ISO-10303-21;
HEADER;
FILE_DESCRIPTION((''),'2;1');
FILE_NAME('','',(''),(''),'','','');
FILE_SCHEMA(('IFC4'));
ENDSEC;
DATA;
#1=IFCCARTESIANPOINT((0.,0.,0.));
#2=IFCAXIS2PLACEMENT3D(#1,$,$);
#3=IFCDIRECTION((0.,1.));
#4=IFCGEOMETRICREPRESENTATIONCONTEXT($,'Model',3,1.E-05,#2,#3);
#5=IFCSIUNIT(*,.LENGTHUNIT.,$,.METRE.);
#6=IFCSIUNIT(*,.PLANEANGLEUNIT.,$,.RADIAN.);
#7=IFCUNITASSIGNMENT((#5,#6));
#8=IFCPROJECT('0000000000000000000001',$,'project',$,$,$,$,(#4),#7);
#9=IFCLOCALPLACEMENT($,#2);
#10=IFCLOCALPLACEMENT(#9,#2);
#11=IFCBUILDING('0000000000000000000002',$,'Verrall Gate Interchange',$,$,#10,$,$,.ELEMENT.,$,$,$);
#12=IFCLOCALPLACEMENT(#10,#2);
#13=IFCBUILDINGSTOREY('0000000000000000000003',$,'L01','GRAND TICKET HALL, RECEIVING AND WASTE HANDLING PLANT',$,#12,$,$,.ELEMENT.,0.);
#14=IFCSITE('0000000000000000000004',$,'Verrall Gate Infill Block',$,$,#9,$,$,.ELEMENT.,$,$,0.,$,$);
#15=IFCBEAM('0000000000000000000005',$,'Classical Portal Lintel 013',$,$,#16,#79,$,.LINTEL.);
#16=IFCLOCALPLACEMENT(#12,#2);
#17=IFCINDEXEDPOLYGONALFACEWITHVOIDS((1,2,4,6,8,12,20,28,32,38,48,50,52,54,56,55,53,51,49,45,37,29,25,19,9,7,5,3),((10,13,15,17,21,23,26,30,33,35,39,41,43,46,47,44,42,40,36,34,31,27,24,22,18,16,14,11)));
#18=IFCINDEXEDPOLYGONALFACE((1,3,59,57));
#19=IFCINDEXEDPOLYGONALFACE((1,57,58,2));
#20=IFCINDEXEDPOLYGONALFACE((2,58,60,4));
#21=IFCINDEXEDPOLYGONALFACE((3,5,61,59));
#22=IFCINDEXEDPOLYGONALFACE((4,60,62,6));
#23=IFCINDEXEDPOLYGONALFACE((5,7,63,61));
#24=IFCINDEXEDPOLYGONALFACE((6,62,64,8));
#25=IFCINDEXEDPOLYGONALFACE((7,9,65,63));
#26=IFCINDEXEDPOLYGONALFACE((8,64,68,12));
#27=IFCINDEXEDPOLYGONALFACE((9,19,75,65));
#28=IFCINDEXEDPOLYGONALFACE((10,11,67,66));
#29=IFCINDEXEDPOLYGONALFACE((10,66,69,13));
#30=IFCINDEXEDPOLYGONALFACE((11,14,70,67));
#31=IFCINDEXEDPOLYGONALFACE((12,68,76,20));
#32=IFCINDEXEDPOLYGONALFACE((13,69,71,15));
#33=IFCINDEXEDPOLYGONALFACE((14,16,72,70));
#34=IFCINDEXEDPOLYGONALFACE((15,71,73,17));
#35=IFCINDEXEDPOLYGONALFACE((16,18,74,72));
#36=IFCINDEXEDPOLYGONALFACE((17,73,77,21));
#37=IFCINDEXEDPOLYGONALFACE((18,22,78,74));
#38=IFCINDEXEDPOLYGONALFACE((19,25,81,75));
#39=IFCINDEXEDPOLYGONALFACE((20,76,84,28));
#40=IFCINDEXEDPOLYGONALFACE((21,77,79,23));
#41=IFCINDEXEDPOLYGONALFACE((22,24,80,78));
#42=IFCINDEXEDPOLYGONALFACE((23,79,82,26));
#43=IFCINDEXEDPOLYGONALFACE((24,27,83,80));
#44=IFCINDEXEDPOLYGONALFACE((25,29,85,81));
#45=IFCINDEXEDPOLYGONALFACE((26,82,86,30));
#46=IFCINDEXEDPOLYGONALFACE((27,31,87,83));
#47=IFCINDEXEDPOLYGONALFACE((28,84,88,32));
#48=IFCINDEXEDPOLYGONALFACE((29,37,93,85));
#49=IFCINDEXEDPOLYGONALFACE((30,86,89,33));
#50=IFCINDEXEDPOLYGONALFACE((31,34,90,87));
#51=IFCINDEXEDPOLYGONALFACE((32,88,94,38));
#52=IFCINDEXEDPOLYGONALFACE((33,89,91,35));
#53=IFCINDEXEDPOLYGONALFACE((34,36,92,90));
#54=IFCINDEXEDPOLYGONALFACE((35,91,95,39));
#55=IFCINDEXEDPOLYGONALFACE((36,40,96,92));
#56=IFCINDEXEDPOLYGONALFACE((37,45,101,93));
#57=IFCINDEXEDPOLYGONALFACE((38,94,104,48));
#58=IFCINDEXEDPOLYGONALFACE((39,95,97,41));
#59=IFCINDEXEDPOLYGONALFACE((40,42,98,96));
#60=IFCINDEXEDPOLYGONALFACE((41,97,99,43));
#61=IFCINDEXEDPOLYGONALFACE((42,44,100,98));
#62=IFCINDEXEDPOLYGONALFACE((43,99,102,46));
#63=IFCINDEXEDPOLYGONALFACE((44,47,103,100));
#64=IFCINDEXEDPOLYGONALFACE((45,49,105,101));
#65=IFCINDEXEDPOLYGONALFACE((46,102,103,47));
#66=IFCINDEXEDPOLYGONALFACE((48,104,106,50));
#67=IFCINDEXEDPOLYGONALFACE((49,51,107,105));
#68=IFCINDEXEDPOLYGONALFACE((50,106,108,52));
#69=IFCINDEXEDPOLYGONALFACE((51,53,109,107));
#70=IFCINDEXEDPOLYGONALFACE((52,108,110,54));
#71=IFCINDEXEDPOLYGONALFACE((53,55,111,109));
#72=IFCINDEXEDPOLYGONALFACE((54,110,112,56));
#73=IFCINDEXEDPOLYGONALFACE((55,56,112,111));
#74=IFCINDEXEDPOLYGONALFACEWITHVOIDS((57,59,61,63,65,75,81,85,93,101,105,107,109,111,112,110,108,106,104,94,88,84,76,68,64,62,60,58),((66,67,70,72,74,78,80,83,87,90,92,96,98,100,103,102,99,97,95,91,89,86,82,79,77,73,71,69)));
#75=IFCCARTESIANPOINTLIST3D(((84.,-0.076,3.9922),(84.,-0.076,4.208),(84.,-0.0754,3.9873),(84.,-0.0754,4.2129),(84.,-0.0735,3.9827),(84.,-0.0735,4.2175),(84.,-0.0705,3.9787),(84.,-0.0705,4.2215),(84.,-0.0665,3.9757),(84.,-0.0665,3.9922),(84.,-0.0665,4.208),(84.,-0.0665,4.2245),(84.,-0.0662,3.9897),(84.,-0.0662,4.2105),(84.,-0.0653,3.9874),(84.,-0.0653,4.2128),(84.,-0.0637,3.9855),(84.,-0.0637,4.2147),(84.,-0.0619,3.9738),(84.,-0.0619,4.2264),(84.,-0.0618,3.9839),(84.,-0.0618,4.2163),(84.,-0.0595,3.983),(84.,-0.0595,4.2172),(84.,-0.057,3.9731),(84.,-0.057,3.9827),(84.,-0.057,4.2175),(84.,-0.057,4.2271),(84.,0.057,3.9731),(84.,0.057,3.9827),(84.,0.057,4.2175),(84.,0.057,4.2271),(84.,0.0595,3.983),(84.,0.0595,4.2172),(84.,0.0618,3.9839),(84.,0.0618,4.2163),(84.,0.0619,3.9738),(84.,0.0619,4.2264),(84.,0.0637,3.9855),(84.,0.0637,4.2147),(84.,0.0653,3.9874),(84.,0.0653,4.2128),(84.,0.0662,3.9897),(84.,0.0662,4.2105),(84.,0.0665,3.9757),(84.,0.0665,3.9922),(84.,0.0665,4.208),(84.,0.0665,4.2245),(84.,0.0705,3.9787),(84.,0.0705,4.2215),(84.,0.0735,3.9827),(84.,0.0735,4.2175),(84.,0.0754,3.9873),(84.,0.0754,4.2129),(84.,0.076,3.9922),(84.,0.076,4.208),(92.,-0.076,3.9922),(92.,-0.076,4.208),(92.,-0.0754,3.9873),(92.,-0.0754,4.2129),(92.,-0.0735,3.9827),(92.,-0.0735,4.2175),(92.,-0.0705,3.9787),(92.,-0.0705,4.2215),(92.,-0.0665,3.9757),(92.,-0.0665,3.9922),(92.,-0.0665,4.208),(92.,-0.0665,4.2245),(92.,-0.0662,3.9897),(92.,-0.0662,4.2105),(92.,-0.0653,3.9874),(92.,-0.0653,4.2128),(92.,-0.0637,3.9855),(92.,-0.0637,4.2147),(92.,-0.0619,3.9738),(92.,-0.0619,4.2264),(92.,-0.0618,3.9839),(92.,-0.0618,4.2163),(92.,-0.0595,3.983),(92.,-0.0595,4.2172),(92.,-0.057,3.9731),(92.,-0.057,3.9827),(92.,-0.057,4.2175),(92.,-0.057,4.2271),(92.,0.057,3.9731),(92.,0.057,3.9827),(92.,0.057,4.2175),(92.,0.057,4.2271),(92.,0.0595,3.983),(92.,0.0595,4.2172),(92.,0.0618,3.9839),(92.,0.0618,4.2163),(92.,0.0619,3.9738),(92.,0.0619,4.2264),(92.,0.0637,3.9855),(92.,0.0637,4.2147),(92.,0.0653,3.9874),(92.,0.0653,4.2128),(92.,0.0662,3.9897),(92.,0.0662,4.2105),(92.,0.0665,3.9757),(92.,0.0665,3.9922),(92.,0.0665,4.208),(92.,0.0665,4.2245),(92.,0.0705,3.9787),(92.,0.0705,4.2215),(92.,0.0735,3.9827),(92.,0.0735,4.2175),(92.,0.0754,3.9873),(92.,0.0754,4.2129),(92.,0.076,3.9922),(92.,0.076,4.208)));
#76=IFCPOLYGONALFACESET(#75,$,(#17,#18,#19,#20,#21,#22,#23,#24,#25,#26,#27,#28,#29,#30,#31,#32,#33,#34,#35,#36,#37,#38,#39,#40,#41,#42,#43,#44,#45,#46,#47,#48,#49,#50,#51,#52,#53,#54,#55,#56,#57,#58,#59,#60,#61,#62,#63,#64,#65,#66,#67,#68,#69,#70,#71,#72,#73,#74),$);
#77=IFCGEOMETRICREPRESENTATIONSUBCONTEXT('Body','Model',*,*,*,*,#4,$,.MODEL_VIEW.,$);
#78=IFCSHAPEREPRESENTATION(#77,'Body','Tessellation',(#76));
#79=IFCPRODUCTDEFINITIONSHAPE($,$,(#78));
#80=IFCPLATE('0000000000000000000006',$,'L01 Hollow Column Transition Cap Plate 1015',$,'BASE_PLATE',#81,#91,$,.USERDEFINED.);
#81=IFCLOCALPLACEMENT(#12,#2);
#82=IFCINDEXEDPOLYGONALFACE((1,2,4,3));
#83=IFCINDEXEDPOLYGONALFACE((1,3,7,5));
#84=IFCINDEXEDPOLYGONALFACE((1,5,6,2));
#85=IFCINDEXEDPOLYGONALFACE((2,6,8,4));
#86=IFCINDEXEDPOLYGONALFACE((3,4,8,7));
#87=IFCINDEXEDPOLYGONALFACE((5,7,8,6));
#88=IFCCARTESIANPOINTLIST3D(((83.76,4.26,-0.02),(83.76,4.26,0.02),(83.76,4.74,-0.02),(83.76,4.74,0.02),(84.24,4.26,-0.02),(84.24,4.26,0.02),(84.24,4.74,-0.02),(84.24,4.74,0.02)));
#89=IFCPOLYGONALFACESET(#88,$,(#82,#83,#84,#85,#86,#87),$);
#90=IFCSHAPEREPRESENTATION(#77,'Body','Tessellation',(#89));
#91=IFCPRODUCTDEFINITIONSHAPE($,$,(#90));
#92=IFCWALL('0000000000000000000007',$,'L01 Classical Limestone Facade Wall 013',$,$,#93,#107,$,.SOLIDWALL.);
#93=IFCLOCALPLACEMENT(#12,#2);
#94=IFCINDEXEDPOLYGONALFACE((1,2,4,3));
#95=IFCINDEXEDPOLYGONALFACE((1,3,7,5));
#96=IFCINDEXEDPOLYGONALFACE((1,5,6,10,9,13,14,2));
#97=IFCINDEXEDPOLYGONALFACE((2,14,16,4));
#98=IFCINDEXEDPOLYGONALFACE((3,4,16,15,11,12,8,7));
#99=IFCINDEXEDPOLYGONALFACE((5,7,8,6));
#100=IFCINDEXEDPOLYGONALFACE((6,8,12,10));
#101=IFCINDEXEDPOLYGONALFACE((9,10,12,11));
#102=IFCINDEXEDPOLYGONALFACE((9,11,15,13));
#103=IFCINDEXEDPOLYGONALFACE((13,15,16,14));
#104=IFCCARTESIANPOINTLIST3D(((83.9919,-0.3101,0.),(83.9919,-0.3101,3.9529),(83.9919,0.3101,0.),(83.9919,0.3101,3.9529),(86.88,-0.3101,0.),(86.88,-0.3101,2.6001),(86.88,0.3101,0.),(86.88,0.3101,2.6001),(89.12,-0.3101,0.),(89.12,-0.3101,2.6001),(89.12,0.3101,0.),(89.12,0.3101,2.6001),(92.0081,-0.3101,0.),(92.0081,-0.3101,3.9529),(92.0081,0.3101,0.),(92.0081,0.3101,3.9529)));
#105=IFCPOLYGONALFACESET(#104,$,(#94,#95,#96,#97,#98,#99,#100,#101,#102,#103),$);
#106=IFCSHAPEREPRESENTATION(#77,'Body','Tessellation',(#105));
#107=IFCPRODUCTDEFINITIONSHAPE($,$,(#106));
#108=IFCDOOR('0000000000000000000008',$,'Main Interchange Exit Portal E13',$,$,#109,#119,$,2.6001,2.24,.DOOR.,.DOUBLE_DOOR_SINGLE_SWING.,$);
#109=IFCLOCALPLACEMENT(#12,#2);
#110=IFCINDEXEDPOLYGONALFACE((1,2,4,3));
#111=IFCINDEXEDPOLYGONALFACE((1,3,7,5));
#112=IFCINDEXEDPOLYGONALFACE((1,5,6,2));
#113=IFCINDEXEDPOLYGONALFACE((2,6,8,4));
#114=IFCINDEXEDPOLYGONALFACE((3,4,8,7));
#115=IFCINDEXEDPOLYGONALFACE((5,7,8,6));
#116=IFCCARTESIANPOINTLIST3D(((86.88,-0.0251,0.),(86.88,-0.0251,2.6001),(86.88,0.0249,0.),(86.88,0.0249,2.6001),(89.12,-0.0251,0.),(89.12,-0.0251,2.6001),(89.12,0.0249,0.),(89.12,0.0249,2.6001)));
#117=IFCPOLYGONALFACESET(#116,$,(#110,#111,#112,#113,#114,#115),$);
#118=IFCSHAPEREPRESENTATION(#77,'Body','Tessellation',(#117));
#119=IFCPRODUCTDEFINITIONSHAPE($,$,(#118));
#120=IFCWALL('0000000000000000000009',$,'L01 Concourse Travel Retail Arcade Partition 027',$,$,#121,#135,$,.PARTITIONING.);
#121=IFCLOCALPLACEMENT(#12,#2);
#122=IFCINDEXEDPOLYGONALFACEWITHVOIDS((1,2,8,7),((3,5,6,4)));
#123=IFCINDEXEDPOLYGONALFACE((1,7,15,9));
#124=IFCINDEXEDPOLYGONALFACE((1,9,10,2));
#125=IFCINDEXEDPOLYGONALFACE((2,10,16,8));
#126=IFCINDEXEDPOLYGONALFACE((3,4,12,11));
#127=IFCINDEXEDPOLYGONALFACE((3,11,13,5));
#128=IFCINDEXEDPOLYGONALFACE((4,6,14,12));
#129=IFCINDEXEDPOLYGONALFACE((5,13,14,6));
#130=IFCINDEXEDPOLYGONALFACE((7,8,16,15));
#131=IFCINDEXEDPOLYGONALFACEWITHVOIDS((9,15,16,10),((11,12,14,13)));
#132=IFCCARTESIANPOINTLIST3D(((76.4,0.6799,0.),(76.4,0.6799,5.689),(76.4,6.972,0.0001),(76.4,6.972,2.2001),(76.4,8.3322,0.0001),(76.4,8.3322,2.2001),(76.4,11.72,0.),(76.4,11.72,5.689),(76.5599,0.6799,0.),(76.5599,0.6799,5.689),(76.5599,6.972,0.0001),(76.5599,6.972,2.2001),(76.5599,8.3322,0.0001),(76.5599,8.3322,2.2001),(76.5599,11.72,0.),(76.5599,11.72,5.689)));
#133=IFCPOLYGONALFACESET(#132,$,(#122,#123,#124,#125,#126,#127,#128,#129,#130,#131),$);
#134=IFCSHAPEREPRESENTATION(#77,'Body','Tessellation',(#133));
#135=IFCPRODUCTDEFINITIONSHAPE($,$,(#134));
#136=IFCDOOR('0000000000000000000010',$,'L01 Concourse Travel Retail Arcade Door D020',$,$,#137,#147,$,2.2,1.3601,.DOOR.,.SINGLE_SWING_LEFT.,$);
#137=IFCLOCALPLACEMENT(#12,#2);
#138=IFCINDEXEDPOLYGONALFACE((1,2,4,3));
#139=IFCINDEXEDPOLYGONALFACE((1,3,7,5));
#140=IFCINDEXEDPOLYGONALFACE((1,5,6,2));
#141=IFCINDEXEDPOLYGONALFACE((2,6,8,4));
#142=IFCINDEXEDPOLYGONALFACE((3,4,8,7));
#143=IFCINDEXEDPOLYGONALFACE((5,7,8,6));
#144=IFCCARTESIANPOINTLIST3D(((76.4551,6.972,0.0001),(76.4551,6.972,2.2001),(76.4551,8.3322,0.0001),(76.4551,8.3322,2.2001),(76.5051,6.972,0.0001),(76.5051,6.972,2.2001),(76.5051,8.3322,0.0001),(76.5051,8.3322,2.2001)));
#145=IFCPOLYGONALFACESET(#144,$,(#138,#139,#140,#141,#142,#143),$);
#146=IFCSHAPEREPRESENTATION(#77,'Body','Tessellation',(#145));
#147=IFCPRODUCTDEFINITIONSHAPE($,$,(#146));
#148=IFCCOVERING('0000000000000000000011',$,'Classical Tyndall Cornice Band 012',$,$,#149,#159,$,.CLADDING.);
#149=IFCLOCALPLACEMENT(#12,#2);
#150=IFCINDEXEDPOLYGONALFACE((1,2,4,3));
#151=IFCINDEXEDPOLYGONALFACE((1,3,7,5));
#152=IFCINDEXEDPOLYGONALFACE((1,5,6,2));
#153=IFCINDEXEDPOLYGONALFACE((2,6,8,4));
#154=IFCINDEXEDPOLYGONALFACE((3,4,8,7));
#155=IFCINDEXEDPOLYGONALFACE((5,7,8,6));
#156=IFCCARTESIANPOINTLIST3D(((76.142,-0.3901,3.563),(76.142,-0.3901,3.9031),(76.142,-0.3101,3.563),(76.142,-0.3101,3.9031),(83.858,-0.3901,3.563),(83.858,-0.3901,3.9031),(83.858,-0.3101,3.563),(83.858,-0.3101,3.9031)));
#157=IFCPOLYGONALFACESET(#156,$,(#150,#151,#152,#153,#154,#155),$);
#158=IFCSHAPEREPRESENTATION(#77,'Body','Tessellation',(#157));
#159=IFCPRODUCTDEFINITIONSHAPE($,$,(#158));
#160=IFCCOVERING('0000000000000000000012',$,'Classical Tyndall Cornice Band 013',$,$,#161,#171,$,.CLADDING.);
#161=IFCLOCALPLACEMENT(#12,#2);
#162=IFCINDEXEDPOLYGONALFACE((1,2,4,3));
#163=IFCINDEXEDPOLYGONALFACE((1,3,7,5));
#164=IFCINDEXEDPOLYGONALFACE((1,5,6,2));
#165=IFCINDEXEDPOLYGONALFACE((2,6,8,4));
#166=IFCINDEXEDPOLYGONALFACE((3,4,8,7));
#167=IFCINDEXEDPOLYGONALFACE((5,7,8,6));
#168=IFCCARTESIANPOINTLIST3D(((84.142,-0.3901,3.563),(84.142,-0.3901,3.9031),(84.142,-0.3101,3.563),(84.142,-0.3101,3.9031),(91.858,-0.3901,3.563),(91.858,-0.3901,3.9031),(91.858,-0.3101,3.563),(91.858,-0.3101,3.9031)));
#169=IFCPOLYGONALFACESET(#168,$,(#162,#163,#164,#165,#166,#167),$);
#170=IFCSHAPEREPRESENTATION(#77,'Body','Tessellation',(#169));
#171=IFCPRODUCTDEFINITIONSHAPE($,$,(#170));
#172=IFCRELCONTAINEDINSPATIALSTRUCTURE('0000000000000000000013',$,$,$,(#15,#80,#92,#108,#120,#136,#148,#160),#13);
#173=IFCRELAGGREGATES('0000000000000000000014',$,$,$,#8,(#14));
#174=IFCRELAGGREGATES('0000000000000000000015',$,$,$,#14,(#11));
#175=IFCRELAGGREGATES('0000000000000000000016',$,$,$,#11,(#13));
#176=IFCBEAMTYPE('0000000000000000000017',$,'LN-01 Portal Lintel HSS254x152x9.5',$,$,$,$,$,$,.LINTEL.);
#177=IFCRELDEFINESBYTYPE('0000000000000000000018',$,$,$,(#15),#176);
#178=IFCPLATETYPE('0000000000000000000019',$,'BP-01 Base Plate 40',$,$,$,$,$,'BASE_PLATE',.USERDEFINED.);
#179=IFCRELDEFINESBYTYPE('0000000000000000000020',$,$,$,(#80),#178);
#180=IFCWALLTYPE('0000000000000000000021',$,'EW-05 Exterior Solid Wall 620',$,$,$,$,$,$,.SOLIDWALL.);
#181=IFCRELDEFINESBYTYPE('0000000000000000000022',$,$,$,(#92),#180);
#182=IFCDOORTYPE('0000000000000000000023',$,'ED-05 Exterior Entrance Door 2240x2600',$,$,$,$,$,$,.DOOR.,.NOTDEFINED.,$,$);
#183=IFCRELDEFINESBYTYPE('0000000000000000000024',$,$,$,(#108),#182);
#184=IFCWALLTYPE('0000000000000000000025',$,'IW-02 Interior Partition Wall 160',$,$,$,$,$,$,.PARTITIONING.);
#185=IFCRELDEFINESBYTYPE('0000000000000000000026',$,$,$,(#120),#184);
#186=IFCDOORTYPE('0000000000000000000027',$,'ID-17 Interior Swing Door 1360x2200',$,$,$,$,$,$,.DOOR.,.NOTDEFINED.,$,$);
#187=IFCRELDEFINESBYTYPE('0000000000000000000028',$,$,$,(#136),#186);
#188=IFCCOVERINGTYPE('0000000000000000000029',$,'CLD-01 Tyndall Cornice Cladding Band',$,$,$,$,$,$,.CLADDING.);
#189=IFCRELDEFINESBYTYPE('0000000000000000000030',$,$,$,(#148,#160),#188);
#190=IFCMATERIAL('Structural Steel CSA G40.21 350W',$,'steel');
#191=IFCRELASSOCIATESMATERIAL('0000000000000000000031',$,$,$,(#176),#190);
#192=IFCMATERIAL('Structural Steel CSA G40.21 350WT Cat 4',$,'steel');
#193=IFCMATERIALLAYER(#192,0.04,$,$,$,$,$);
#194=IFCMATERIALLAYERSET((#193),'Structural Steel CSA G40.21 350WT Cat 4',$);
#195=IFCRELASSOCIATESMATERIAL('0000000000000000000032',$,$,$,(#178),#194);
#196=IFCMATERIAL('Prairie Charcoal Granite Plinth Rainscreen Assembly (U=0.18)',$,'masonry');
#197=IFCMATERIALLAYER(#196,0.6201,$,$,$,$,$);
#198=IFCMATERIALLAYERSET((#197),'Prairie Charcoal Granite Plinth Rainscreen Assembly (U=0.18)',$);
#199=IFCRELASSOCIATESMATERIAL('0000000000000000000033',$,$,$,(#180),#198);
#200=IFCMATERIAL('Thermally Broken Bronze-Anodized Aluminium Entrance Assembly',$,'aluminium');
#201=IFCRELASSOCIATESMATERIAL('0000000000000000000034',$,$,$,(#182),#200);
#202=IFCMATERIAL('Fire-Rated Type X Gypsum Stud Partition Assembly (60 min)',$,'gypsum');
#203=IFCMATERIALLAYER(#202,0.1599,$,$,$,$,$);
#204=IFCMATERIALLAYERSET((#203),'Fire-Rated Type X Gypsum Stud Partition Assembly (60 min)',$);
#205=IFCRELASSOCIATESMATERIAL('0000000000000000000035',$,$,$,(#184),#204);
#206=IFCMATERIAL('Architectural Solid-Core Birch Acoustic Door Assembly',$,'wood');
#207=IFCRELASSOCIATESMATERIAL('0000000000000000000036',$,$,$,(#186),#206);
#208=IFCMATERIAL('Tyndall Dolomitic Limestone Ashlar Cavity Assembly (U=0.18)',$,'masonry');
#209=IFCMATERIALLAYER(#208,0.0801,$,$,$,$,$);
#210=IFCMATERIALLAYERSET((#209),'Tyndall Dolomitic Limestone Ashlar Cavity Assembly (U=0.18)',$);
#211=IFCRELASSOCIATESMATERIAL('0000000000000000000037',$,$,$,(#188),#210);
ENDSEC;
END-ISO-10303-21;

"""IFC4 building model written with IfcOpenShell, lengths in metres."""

from ifc_helpers import new_model, si_unit, direction, frame, frame_2d, origin, origin_2d, place, context, subcontext, project, spatial, rectangle, hollow_rectangle, extrude, material, layer, layer_set, material_profile, profile_set, type_object, element, fill, save


model = new_model("IFC4")

# Units and contexts
model_context = context("Model", 3, precision=1e-05, world=origin(), true_north=direction((0.0, 1.0)))
body_context = subcontext(model_context, "Body", "Model", "MODEL_VIEW")
ifc_project = project(units=[si_unit("LENGTHUNIT", "METRE"), si_unit("PLANEANGLEUNIT", "RADIAN")], contexts=[model_context])

# Site, building, storey
site_placement = place(None, origin())
site = spatial("IfcSite", under=ifc_project, at=site_placement, Name="Verrall Gate Infill Block", CompositionType="ELEMENT", RefElevation=0.0)
building_placement = place(site_placement, origin())
building = spatial("IfcBuilding", under=site, at=building_placement, Name="Verrall Gate Interchange", CompositionType="ELEMENT")
storey_placement = place(building_placement, origin())
storey = spatial("IfcBuildingStorey", under=building, at=storey_placement, Name="L01", Description="GRAND TICKET HALL, RECEIVING AND WASTE HANDLING PLANT", CompositionType="ELEMENT", Elevation=0.0)

# Beam
ifc_material_1 = material(Name="Structural Steel CSA G40.21 350W", Category="steel")
ifc_material_profile_1 = material_profile(ifc_material_1, hollow_rectangle(XDim=0.1521, YDim=0.2539, WallThickness=0.0095, InnerFilletRadius=0.0095, OuterFilletRadius=0.019, at=origin_2d()), Name="HSS254x152x9.5")
ifc_profile_set_1 = profile_set([ifc_material_profile_1], Name="Structural Steel CSA G40.21 350W")
beam_type_1 = type_object("IfcBeamType", Name="LN-01 Portal Lintel HSS254x152x9.5", PredefinedType="LINTEL", material=ifc_profile_set_1)
beam_1_placement = place(storey_placement, frame((84.0, 0.0, 4.1001), z_axis=(1.0, 0.0, 0.0), x_axis=(0.0, 1.0, 0.0)))
element("IfcBeam", 1, at=beam_1_placement, inside=storey, type_object=beam_type_1, Name="Classical Portal Lintel 013", PredefinedType="LINTEL", context=body_context, shape_type="SweptSolid", body=[
    extrude(hollow_rectangle(XDim=0.1521, YDim=0.2539, WallThickness=0.0095, InnerFilletRadius=0.0095, OuterFilletRadius=0.019, at=origin_2d()), origin(), (0.0, 0.0, 1.0), 8.0),
])

# Plate
ifc_material_2 = material(Name="Structural Steel CSA G40.21 350WT Cat 4", Category="steel")
ifc_layer_1 = layer(ifc_material_2, 0.04)
ifc_layer_set_1 = layer_set([ifc_layer_1], Name="Structural Steel CSA G40.21 350WT Cat 4")
plate_type = type_object("IfcPlateType", Name="BP-01 Base Plate 40", ElementType="BASE_PLATE", PredefinedType="USERDEFINED", material=ifc_layer_set_1)
plate_placement = place(storey_placement, frame((84.0, 4.5, -0.02), z_axis=(0.0, 0.0, 1.0), x_axis=(1.0, 0.0, 0.0)))
element("IfcPlate", 2, at=plate_placement, inside=storey, type_object=plate_type, Name="L01 Hollow Column Transition Cap Plate 1015", ObjectType="BASE_PLATE", PredefinedType="USERDEFINED", context=body_context, shape_type="SweptSolid", body=[
    extrude(rectangle(XDim=0.48, YDim=0.48, at=origin_2d()), origin(), (0.0, 0.0, 1.0), 0.04),
])

# Walls, openings, doors
ifc_material_3 = material(Name="Prairie Charcoal Granite Plinth Rainscreen Assembly (U=0.18)", Category="masonry")
ifc_layer_2 = layer(ifc_material_3, 0.6201)
ifc_layer_set_2 = layer_set([ifc_layer_2], Name="Prairie Charcoal Granite Plinth Rainscreen Assembly (U=0.18)")
wall_type_1 = type_object("IfcWallType", Name="EW-05 Exterior Solid Wall 620", PredefinedType="SOLIDWALL", material=ifc_layer_set_2)
wall_1_placement = place(storey_placement, frame((83.9919, 0.0, 0.0), z_axis=(0.0, 0.0, 1.0), x_axis=(1.0, 0.0, 0.0)))
wall_1 = element("IfcWall", 3, at=wall_1_placement, inside=storey, type_object=wall_type_1, Name="L01 Classical Limestone Facade Wall 013", PredefinedType="SOLIDWALL", context=body_context, shape_type="SweptSolid", body=[
    extrude(rectangle(XDim=8.0161, YDim=0.6201, at=frame_2d((4.0081, 0.0))), origin(), (0.0, 0.0, 1.0), 3.9529),
])
opening_1_placement = place(wall_1_placement, frame((2.8879, 0.0, 0.0)))
opening_1 = element("IfcOpeningElement", 4, at=opening_1_placement, cuts=wall_1, PredefinedType="OPENING", context=body_context, shape_type="SweptSolid", body=[
    extrude(rectangle(XDim=2.24, YDim=2.6001, at=frame_2d((1.1201, 1.3))), frame((0.0, 0.325, 0.0), z_axis=(0.0, -1.0, 0.0), x_axis=(1.0, 0.0, 0.0)), (0.0, 0.0, 1.0), 0.6499),
])
ifc_material_4 = material(Name="Thermally Broken Bronze-Anodized Aluminium Entrance Assembly", Category="aluminium")
door_type_1 = type_object("IfcDoorType", Name="ED-05 Exterior Entrance Door 2240x2600", OperationType="NOTDEFINED", PredefinedType="DOOR", material=ifc_material_4)
door_1_placement = place(opening_1_placement, origin())
door_1 = element("IfcDoor", 5, at=door_1_placement, inside=storey, type_object=door_type_1, Name="Main Interchange Exit Portal E13", OperationType="DOUBLE_DOOR_SINGLE_SWING", OverallHeight=2.6001, OverallWidth=2.24, PredefinedType="DOOR", context=body_context, shape_type="SweptSolid", body=[
    extrude(rectangle(XDim=2.24, YDim=2.6001, at=frame_2d((1.1201, 1.3))), frame((0.0, 0.0249, 0.0), z_axis=(0.0, -1.0, 0.0), x_axis=(1.0, 0.0, 0.0)), (0.0, 0.0, 1.0), 0.05),
])
fill(opening_1, door_1)
ifc_material_5 = material(Name="Fire-Rated Type X Gypsum Stud Partition Assembly (60 min)", Category="gypsum")
ifc_layer_3 = layer(ifc_material_5, 0.1599)
ifc_layer_set_3 = layer_set([ifc_layer_3], Name="Fire-Rated Type X Gypsum Stud Partition Assembly (60 min)")
wall_type_2 = type_object("IfcWallType", Name="IW-02 Interior Partition Wall 160", PredefinedType="PARTITIONING", material=ifc_layer_set_3)
wall_2_placement = place(storey_placement, frame((76.48, 0.6799, 0.0), z_axis=(0.0, 0.0, 1.0), x_axis=(0.0, 1.0, 0.0)))
wall_2 = element("IfcWall", 6, at=wall_2_placement, inside=storey, type_object=wall_type_2, Name="L01 Concourse Travel Retail Arcade Partition 027", PredefinedType="PARTITIONING", context=body_context, shape_type="SweptSolid", body=[
    extrude(rectangle(XDim=11.04, YDim=0.1599, at=frame_2d((5.52, 0.0))), origin(), (0.0, 0.0, 1.0), 5.689),
])
opening_2_placement = place(wall_2_placement, frame((6.292, 0.0, 0.0)))
opening_2 = element("IfcOpeningElement", 7, at=opening_2_placement, cuts=wall_2, PredefinedType="OPENING", context=body_context, shape_type="SweptSolid", body=[
    extrude(rectangle(XDim=1.3601, YDim=2.2, at=frame_2d((0.6802, 1.1001))), frame((0.0, 0.0947, 0.0), z_axis=(0.0, -1.0, 0.0), x_axis=(1.0, 0.0, 0.0)), (0.0, 0.0, 1.0), 0.1897),
])
ifc_material_6 = material(Name="Architectural Solid-Core Birch Acoustic Door Assembly", Category="wood")
door_type_2 = type_object("IfcDoorType", Name="ID-17 Interior Swing Door 1360x2200", OperationType="NOTDEFINED", PredefinedType="DOOR", material=ifc_material_6)
door_2_placement = place(opening_2_placement, origin())
door_2 = element("IfcDoor", 8, at=door_2_placement, inside=storey, type_object=door_type_2, Name="L01 Concourse Travel Retail Arcade Door D020", OperationType="SINGLE_SWING_LEFT", OverallHeight=2.2, OverallWidth=1.3601, PredefinedType="DOOR", context=body_context, shape_type="SweptSolid", body=[
    extrude(rectangle(XDim=1.3601, YDim=2.2, at=frame_2d((0.6802, 1.1001))), frame((0.0, 0.0249, 0.0), z_axis=(0.0, -1.0, 0.0), x_axis=(1.0, 0.0, 0.0)), (0.0, 0.0, 1.0), 0.05),
])
fill(opening_2, door_2)

# Coverings
ifc_material_7 = material(Name="Tyndall Dolomitic Limestone Ashlar Cavity Assembly (U=0.18)", Category="masonry")
ifc_layer_4 = layer(ifc_material_7, 0.0801)
ifc_layer_set_4 = layer_set([ifc_layer_4], Name="Tyndall Dolomitic Limestone Ashlar Cavity Assembly (U=0.18)")
covering_type = type_object("IfcCoveringType", Name="CLD-01 Tyndall Cornice Cladding Band", PredefinedType="CLADDING", material=ifc_layer_set_4)
for number, where, z_axis, x_axis, name in (
    (9, (80.0, -0.3501, 3.563), (0.0, 0.0, 1.0), (1.0, 0.0, 0.0), "Classical Tyndall Cornice Band 012"),
    (10, (88.0, -0.3501, 3.563), (0.0, 0.0, 1.0), (1.0, 0.0, 0.0), "Classical Tyndall Cornice Band 013"),
):
    element("IfcCovering", number, at=place(storey_placement, frame(where, z_axis=z_axis, x_axis=x_axis)), inside=storey, type_object=covering_type, Name=name, PredefinedType="CLADDING", context=body_context, shape_type="SweptSolid", body=[
        extrude(rectangle(XDim=7.7161, YDim=0.0801, at=origin_2d()), origin(), (0.0, 0.0, 1.0), 0.3401),
    ])

save(model, "model.ifc")
